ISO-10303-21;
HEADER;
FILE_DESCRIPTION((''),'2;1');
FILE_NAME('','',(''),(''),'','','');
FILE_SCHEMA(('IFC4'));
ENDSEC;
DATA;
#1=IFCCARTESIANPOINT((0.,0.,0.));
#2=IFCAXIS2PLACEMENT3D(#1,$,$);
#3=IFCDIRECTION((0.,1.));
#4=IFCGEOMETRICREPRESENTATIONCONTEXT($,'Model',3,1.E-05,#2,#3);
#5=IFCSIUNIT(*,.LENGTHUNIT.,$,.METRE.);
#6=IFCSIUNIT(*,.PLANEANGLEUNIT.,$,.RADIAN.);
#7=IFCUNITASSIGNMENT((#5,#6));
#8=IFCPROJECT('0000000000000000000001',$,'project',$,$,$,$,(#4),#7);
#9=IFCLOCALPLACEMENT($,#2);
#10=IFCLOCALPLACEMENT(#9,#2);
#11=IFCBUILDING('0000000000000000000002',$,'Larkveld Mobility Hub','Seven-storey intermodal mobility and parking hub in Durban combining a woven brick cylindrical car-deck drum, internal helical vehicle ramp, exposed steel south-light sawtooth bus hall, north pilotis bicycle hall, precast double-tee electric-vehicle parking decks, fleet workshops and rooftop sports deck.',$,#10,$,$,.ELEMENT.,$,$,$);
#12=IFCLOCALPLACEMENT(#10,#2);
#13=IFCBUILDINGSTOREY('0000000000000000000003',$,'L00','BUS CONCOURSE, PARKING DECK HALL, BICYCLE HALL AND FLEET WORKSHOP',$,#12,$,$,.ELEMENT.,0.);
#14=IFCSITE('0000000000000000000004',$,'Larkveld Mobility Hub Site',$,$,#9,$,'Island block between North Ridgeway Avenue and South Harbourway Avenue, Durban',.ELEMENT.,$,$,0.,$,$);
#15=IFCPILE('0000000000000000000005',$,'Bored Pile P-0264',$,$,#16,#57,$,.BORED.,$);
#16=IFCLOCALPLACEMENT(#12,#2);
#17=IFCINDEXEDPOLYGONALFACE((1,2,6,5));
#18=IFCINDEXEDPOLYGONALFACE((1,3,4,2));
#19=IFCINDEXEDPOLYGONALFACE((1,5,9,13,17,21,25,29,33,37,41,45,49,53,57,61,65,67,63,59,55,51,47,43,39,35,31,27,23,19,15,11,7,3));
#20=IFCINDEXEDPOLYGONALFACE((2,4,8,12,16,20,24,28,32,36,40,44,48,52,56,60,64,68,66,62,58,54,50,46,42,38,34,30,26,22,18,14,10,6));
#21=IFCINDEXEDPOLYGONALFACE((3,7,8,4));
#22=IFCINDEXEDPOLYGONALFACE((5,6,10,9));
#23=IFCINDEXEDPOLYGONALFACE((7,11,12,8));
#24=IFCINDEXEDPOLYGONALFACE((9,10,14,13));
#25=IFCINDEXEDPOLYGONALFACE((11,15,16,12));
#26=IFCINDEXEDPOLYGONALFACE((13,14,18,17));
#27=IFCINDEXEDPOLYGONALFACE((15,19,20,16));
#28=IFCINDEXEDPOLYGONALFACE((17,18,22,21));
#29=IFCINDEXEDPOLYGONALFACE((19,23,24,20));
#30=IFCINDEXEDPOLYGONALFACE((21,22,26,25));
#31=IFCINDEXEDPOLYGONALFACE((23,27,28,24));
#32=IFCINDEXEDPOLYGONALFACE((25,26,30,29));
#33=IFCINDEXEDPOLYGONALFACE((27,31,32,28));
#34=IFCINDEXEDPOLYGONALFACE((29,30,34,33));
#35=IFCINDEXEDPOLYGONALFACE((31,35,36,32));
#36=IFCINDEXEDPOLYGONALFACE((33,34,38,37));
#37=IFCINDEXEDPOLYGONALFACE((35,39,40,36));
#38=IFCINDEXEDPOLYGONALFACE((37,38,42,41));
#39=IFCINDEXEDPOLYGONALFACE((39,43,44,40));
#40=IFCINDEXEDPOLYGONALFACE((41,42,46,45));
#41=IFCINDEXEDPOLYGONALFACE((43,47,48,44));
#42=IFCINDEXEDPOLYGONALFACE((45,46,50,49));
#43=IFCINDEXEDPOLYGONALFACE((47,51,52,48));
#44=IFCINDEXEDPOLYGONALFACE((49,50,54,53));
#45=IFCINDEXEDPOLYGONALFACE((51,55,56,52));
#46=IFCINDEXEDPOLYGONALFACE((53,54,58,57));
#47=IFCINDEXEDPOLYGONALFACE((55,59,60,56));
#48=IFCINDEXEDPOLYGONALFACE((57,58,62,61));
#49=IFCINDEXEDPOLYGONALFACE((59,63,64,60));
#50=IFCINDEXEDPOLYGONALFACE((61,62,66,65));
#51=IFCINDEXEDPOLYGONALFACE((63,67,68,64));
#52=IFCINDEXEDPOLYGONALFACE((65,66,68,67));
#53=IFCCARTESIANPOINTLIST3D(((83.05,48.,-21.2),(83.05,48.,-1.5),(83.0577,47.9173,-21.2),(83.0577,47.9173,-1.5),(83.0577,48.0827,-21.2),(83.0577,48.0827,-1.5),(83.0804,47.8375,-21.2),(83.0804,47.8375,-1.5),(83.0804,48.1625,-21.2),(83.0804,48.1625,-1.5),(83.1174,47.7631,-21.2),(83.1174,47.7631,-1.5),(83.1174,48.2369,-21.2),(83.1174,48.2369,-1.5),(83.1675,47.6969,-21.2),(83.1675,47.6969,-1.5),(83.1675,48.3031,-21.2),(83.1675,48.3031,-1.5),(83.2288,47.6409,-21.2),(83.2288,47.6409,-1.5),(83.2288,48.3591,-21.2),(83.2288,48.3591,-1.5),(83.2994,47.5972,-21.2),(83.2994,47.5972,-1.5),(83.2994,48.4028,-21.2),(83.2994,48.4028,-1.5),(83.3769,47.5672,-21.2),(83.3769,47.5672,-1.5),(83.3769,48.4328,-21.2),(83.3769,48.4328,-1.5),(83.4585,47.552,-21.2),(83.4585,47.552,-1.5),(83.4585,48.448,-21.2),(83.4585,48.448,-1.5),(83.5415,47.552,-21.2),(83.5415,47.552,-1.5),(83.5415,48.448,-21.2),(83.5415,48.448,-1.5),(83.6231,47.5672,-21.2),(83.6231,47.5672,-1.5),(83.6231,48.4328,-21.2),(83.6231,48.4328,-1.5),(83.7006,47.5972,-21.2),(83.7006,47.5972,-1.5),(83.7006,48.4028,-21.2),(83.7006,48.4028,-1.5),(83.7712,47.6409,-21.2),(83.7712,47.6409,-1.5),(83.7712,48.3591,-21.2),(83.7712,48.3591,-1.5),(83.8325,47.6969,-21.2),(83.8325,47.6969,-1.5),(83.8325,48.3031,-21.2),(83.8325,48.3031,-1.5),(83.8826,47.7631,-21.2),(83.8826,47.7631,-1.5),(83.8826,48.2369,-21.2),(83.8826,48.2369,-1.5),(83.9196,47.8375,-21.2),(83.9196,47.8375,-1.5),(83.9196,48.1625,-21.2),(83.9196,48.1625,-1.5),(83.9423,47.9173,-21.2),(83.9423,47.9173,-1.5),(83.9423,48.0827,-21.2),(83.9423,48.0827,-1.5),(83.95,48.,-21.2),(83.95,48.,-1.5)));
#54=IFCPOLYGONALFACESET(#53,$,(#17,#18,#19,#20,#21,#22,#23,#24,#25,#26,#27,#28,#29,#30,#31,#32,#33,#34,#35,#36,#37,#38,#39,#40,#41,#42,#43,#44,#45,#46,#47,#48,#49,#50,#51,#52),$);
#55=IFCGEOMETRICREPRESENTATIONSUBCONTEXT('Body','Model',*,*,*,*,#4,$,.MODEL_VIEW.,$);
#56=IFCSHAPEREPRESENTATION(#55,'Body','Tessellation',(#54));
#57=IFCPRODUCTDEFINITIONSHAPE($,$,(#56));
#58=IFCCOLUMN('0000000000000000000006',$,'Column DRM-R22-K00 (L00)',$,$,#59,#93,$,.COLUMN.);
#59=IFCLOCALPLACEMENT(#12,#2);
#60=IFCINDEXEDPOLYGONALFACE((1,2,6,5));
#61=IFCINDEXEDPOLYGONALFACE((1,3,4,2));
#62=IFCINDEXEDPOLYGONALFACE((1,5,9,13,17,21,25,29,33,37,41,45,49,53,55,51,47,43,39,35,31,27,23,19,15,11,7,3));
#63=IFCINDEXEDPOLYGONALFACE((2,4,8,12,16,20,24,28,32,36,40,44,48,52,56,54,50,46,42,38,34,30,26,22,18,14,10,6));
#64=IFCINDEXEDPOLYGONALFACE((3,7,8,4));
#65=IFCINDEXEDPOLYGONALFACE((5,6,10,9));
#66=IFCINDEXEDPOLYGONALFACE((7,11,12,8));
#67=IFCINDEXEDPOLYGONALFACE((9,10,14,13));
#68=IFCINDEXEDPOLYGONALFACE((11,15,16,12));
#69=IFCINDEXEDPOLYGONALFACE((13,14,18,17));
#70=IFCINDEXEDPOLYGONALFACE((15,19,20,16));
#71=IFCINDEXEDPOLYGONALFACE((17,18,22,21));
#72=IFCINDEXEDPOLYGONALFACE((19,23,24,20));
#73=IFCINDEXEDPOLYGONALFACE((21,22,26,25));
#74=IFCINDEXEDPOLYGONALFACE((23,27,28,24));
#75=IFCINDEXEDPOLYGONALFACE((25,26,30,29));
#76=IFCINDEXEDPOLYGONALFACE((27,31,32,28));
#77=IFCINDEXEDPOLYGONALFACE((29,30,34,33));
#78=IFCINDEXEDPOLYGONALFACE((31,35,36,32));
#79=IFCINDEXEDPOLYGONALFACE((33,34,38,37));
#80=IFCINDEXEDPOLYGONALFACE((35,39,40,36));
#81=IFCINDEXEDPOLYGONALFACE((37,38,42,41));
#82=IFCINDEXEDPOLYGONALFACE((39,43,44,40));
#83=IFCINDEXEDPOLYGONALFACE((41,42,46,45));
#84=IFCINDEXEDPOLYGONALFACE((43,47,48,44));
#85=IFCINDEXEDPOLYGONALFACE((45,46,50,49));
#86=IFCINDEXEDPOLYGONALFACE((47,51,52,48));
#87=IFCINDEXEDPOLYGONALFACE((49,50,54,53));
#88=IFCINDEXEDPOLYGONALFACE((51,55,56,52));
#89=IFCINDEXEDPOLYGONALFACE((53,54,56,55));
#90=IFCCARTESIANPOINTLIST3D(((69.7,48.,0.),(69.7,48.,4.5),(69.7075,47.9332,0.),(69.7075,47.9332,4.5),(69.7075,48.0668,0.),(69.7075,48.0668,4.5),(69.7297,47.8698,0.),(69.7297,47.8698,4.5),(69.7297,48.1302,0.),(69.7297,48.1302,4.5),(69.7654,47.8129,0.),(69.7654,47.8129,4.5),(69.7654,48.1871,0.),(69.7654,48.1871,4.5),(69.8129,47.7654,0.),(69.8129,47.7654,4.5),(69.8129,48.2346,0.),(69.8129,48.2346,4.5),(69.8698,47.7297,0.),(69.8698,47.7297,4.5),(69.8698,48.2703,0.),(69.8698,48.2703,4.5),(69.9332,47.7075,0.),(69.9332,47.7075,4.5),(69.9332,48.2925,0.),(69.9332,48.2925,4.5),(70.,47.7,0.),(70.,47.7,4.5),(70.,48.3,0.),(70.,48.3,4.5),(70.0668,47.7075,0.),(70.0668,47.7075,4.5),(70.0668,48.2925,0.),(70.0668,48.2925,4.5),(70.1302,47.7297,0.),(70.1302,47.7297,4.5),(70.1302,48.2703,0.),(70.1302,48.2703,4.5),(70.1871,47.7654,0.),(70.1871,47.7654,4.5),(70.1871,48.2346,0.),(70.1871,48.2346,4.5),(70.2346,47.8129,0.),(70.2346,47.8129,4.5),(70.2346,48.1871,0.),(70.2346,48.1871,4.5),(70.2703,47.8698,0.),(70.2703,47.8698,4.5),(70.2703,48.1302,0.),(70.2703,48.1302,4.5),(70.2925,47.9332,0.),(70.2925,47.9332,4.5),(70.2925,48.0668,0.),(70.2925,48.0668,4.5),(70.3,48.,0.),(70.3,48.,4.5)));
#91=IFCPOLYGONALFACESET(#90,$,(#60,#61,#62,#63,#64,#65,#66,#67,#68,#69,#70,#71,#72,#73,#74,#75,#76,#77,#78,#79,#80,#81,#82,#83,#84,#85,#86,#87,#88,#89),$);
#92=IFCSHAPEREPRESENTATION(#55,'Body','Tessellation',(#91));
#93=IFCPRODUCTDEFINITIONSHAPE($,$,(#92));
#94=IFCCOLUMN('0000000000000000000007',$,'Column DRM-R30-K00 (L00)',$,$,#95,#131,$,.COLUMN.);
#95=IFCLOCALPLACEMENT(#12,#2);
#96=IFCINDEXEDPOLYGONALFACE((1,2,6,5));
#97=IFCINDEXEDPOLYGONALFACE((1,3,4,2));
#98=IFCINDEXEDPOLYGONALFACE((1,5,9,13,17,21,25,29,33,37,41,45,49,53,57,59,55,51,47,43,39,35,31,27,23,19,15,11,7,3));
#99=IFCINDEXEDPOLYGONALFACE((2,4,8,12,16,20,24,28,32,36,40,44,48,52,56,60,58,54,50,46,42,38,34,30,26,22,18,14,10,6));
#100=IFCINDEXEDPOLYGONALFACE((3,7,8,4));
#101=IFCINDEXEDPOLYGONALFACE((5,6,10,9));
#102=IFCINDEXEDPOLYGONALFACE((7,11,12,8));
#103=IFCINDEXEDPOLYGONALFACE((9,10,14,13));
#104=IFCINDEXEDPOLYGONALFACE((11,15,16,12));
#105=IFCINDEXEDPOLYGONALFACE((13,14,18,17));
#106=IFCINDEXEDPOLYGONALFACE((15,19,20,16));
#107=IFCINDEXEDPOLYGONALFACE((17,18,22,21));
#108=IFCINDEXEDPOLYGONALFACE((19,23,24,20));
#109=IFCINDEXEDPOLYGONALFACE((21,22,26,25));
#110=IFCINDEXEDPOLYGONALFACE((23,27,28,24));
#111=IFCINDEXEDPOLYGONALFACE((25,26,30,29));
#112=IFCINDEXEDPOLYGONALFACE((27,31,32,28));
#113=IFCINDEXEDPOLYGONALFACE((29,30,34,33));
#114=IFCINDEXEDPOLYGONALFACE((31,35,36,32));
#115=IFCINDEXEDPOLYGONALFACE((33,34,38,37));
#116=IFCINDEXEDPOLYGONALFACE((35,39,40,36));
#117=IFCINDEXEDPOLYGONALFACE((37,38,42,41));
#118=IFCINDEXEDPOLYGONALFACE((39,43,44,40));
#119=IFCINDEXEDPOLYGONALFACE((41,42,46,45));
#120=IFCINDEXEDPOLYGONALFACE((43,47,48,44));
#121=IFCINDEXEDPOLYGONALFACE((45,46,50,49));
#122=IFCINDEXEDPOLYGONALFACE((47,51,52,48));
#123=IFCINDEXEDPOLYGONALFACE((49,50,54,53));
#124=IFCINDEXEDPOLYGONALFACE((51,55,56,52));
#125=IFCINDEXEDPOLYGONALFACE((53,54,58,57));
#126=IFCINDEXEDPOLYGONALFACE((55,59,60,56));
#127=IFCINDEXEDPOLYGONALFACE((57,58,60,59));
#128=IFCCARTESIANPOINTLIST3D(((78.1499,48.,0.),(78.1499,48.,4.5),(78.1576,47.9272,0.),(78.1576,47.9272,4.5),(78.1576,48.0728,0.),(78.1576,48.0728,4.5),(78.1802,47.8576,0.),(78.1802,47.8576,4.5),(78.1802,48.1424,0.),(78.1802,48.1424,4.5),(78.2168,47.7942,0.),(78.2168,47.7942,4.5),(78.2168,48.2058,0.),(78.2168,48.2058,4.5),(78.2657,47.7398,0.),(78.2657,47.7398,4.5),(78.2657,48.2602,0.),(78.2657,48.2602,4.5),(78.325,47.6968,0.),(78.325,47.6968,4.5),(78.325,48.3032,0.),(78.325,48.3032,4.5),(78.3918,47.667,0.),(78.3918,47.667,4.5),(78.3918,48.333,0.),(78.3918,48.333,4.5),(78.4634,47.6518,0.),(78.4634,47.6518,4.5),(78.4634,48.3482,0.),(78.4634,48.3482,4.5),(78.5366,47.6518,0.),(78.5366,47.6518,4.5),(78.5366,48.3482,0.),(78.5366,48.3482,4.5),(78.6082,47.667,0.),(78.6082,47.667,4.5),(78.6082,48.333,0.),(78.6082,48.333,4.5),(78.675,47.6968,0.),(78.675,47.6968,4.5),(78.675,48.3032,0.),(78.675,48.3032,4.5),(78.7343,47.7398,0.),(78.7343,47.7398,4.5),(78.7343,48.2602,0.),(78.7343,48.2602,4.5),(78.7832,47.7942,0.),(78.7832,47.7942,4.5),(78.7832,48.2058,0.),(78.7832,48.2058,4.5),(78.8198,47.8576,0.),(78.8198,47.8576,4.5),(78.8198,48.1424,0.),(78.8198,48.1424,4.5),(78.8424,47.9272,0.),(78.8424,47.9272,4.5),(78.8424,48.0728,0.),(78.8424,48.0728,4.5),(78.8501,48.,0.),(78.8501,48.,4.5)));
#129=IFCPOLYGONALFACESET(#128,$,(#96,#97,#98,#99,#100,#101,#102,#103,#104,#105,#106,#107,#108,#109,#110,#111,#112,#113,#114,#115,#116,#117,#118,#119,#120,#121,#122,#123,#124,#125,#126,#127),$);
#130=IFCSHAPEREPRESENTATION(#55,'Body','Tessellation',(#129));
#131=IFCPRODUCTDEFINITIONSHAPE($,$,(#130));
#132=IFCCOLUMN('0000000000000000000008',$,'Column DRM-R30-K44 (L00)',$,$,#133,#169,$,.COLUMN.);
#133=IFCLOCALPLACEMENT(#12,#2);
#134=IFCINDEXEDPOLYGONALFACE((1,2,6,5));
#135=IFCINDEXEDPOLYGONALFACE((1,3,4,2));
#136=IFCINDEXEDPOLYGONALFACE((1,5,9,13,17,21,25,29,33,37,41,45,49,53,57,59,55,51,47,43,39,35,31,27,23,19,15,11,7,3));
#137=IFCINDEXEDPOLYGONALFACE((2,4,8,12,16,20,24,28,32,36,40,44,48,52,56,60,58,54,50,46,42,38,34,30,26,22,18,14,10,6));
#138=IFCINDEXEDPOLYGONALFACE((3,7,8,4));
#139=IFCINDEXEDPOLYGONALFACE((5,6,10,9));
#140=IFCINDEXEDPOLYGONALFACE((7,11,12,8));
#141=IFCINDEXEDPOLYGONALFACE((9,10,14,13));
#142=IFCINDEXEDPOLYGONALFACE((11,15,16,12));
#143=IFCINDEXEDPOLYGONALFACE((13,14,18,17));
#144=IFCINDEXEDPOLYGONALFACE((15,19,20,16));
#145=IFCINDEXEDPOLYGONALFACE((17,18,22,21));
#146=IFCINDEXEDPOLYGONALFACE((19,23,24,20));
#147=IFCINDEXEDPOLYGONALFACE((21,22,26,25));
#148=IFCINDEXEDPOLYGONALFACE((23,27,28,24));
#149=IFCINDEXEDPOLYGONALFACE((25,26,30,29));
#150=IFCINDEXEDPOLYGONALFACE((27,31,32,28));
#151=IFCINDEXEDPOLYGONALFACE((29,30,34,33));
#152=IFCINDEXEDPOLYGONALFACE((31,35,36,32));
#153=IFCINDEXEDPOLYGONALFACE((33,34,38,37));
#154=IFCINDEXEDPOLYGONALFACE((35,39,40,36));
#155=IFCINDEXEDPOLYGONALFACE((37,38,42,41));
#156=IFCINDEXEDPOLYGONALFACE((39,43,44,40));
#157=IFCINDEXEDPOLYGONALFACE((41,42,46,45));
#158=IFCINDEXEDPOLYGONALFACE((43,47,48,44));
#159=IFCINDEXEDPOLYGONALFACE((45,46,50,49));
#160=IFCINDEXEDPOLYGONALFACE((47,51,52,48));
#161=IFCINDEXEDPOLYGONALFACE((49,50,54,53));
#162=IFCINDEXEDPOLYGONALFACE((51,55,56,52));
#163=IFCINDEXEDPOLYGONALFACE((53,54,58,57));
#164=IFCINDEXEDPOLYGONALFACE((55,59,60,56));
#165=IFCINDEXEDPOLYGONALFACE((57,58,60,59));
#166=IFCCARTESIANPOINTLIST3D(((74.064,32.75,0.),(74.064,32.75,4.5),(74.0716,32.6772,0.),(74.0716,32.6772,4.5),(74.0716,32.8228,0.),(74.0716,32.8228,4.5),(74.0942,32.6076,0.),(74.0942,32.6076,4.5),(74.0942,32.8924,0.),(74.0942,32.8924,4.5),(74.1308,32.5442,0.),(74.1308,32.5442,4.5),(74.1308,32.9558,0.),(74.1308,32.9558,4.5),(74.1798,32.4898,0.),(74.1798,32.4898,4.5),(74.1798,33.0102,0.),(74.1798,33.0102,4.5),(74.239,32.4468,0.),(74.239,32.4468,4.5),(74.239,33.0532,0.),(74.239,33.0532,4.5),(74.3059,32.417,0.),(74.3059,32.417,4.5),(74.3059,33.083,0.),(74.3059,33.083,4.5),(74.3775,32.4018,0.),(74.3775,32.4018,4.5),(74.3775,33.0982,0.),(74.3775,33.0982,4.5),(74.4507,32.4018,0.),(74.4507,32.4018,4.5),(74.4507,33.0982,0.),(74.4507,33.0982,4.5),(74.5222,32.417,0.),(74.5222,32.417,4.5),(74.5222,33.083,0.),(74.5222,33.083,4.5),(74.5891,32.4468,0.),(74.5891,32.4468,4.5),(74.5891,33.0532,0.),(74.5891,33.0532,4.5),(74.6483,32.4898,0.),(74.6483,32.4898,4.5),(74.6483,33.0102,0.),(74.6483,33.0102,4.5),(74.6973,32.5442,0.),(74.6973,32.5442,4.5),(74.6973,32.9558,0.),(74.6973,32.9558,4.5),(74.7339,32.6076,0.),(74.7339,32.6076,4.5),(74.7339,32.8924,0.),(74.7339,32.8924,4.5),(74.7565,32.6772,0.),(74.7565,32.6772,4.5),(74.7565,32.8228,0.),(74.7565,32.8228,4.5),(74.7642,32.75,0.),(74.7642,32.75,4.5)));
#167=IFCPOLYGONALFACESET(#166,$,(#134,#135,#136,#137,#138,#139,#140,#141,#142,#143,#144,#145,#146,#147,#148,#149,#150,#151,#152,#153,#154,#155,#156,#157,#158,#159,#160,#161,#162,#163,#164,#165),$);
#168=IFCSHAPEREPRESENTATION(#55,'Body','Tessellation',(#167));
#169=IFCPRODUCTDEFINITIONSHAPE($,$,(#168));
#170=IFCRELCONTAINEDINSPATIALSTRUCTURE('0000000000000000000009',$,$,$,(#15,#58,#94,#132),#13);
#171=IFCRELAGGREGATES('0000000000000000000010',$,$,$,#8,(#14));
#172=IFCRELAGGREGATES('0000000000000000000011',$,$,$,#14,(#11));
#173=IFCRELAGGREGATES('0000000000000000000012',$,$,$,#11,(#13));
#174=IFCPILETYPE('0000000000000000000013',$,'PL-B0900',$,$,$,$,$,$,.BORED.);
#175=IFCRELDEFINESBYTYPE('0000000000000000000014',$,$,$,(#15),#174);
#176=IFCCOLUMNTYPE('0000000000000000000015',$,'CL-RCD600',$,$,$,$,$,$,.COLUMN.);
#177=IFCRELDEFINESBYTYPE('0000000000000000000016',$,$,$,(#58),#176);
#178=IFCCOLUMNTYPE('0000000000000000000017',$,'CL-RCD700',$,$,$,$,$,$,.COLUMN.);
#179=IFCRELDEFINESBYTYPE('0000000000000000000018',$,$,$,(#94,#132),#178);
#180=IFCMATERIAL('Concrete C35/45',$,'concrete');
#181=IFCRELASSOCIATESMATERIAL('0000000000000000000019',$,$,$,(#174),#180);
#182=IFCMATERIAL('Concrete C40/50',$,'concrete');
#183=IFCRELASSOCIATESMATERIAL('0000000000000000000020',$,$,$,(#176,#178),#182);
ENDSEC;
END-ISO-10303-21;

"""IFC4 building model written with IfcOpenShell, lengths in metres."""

from ifc_helpers import new_model, si_unit, direction, frame, origin, origin_2d, place, context, subcontext, project, spatial, circle, extrude, material, material_profile, profile_set, type_object, element, save


model = new_model("IFC4")

# Units and contexts
model_context = context("Model", 3, precision=1e-05, world=origin(), true_north=direction((0.0, 1.0)))
body_context = subcontext(model_context, "Body", "Model", "MODEL_VIEW")
ifc_project = project(units=[si_unit("LENGTHUNIT", "METRE"), si_unit("PLANEANGLEUNIT", "RADIAN")], contexts=[model_context])

# Site, building, storey
site_placement = place(None, origin())
site = spatial("IfcSite", under=ifc_project, at=site_placement, Name="Larkveld Mobility Hub Site", LongName="Island block between North Ridgeway Avenue and South Harbourway Avenue, Durban", CompositionType="ELEMENT", RefElevation=0.0)
building_placement = place(site_placement, origin())
building = spatial("IfcBuilding", under=site, at=building_placement, Name="Larkveld Mobility Hub", Description="Seven-storey intermodal mobility and parking hub in Durban combining a woven brick cylindrical car-deck drum, internal helical vehicle ramp, exposed steel south-light sawtooth bus hall, north pilotis bicycle hall, precast double-tee electric-vehicle parking decks, fleet workshops and rooftop sports deck.", CompositionType="ELEMENT")
storey_placement = place(building_placement, origin())
storey = spatial("IfcBuildingStorey", under=building, at=storey_placement, Name="L00", Description="BUS CONCOURSE, PARKING DECK HALL, BICYCLE HALL AND FLEET WORKSHOP", CompositionType="ELEMENT", Elevation=0.0)

# Shared definitions
ifc_material_1 = material(Name="Concrete C35/45", Category="concrete")

# Pile
ifc_material_profile_1 = material_profile(ifc_material_1, circle(Radius=0.45, at=origin_2d()), Name="PILE D900")
ifc_profile_set_1 = profile_set([ifc_material_profile_1], Name="Concrete C35/45")
pile_type_1 = type_object("IfcPileType", Name="PL-B0900", PredefinedType="BORED", material=ifc_profile_set_1)
for number, where, z_axis, x_axis, name in (
    (1, (83.5, 48.0, -1.5), (0.0, 0.0, -1.0), (1.0, 0.0, 0.0), "Bored Pile P-0264"),
):
    element("IfcPile", number, at=place(storey_placement, frame(where, z_axis=z_axis, x_axis=x_axis)), inside=storey, type_object=pile_type_1, Name=name, PredefinedType="BORED", context=body_context, shape_type="SweptSolid", body=[
        extrude(circle(Radius=0.45, at=origin_2d()), origin(), (0.0, 0.0, 1.0), 19.7),
    ])

# Columns
ifc_material_2 = material(Name="Concrete C40/50", Category="concrete")
ifc_material_profile_2 = material_profile(ifc_material_2, circle(Radius=0.3, at=origin_2d()), Name="RC COL D600")
ifc_profile_set_2 = profile_set([ifc_material_profile_2], Name="Concrete C40/50")
column_type_1 = type_object("IfcColumnType", Name="CL-RCD600", PredefinedType="COLUMN", material=ifc_profile_set_2)
column_placement = place(storey_placement, frame((70.0, 48.0, 0.0), z_axis=(0.0, 0.0, 1.0), x_axis=(1.0, 0.0, 0.0)))
element("IfcColumn", 2, at=column_placement, inside=storey, type_object=column_type_1, Name="Column DRM-R22-K00 (L00)", PredefinedType="COLUMN", context=body_context, shape_type="SweptSolid", body=[
    extrude(circle(Radius=0.3, at=origin_2d()), origin(), (0.0, 0.0, 1.0), 4.5),
])
ifc_material_profile_3 = material_profile(ifc_material_2, circle(Radius=0.3501, at=origin_2d()), Name="RC COL D700")
ifc_profile_set_3 = profile_set([ifc_material_profile_3], Name="Concrete C40/50")
column_type_2 = type_object("IfcColumnType", Name="CL-RCD700", PredefinedType="COLUMN", material=ifc_profile_set_3)
for number, where, z_axis, x_axis, name in (
    (3, (78.5, 48.0, 0.0), (0.0, 0.0, 1.0), (1.0, 0.0, 0.0), "Column DRM-R30-K00 (L00)"),
    (4, (74.4141, 32.75, 0.0), (0.0, 0.0, 1.0), (1.0, 0.0, 0.0), "Column DRM-R30-K44 (L00)"),
):
    element("IfcColumn", number, at=place(storey_placement, frame(where, z_axis=z_axis, x_axis=x_axis)), inside=storey, type_object=column_type_2, Name=name, PredefinedType="COLUMN", context=body_context, shape_type="SweptSolid", body=[
        extrude(circle(Radius=0.3501, at=origin_2d()), origin(), (0.0, 0.0, 1.0), 4.5),
    ])

save(model, "model.ifc")
